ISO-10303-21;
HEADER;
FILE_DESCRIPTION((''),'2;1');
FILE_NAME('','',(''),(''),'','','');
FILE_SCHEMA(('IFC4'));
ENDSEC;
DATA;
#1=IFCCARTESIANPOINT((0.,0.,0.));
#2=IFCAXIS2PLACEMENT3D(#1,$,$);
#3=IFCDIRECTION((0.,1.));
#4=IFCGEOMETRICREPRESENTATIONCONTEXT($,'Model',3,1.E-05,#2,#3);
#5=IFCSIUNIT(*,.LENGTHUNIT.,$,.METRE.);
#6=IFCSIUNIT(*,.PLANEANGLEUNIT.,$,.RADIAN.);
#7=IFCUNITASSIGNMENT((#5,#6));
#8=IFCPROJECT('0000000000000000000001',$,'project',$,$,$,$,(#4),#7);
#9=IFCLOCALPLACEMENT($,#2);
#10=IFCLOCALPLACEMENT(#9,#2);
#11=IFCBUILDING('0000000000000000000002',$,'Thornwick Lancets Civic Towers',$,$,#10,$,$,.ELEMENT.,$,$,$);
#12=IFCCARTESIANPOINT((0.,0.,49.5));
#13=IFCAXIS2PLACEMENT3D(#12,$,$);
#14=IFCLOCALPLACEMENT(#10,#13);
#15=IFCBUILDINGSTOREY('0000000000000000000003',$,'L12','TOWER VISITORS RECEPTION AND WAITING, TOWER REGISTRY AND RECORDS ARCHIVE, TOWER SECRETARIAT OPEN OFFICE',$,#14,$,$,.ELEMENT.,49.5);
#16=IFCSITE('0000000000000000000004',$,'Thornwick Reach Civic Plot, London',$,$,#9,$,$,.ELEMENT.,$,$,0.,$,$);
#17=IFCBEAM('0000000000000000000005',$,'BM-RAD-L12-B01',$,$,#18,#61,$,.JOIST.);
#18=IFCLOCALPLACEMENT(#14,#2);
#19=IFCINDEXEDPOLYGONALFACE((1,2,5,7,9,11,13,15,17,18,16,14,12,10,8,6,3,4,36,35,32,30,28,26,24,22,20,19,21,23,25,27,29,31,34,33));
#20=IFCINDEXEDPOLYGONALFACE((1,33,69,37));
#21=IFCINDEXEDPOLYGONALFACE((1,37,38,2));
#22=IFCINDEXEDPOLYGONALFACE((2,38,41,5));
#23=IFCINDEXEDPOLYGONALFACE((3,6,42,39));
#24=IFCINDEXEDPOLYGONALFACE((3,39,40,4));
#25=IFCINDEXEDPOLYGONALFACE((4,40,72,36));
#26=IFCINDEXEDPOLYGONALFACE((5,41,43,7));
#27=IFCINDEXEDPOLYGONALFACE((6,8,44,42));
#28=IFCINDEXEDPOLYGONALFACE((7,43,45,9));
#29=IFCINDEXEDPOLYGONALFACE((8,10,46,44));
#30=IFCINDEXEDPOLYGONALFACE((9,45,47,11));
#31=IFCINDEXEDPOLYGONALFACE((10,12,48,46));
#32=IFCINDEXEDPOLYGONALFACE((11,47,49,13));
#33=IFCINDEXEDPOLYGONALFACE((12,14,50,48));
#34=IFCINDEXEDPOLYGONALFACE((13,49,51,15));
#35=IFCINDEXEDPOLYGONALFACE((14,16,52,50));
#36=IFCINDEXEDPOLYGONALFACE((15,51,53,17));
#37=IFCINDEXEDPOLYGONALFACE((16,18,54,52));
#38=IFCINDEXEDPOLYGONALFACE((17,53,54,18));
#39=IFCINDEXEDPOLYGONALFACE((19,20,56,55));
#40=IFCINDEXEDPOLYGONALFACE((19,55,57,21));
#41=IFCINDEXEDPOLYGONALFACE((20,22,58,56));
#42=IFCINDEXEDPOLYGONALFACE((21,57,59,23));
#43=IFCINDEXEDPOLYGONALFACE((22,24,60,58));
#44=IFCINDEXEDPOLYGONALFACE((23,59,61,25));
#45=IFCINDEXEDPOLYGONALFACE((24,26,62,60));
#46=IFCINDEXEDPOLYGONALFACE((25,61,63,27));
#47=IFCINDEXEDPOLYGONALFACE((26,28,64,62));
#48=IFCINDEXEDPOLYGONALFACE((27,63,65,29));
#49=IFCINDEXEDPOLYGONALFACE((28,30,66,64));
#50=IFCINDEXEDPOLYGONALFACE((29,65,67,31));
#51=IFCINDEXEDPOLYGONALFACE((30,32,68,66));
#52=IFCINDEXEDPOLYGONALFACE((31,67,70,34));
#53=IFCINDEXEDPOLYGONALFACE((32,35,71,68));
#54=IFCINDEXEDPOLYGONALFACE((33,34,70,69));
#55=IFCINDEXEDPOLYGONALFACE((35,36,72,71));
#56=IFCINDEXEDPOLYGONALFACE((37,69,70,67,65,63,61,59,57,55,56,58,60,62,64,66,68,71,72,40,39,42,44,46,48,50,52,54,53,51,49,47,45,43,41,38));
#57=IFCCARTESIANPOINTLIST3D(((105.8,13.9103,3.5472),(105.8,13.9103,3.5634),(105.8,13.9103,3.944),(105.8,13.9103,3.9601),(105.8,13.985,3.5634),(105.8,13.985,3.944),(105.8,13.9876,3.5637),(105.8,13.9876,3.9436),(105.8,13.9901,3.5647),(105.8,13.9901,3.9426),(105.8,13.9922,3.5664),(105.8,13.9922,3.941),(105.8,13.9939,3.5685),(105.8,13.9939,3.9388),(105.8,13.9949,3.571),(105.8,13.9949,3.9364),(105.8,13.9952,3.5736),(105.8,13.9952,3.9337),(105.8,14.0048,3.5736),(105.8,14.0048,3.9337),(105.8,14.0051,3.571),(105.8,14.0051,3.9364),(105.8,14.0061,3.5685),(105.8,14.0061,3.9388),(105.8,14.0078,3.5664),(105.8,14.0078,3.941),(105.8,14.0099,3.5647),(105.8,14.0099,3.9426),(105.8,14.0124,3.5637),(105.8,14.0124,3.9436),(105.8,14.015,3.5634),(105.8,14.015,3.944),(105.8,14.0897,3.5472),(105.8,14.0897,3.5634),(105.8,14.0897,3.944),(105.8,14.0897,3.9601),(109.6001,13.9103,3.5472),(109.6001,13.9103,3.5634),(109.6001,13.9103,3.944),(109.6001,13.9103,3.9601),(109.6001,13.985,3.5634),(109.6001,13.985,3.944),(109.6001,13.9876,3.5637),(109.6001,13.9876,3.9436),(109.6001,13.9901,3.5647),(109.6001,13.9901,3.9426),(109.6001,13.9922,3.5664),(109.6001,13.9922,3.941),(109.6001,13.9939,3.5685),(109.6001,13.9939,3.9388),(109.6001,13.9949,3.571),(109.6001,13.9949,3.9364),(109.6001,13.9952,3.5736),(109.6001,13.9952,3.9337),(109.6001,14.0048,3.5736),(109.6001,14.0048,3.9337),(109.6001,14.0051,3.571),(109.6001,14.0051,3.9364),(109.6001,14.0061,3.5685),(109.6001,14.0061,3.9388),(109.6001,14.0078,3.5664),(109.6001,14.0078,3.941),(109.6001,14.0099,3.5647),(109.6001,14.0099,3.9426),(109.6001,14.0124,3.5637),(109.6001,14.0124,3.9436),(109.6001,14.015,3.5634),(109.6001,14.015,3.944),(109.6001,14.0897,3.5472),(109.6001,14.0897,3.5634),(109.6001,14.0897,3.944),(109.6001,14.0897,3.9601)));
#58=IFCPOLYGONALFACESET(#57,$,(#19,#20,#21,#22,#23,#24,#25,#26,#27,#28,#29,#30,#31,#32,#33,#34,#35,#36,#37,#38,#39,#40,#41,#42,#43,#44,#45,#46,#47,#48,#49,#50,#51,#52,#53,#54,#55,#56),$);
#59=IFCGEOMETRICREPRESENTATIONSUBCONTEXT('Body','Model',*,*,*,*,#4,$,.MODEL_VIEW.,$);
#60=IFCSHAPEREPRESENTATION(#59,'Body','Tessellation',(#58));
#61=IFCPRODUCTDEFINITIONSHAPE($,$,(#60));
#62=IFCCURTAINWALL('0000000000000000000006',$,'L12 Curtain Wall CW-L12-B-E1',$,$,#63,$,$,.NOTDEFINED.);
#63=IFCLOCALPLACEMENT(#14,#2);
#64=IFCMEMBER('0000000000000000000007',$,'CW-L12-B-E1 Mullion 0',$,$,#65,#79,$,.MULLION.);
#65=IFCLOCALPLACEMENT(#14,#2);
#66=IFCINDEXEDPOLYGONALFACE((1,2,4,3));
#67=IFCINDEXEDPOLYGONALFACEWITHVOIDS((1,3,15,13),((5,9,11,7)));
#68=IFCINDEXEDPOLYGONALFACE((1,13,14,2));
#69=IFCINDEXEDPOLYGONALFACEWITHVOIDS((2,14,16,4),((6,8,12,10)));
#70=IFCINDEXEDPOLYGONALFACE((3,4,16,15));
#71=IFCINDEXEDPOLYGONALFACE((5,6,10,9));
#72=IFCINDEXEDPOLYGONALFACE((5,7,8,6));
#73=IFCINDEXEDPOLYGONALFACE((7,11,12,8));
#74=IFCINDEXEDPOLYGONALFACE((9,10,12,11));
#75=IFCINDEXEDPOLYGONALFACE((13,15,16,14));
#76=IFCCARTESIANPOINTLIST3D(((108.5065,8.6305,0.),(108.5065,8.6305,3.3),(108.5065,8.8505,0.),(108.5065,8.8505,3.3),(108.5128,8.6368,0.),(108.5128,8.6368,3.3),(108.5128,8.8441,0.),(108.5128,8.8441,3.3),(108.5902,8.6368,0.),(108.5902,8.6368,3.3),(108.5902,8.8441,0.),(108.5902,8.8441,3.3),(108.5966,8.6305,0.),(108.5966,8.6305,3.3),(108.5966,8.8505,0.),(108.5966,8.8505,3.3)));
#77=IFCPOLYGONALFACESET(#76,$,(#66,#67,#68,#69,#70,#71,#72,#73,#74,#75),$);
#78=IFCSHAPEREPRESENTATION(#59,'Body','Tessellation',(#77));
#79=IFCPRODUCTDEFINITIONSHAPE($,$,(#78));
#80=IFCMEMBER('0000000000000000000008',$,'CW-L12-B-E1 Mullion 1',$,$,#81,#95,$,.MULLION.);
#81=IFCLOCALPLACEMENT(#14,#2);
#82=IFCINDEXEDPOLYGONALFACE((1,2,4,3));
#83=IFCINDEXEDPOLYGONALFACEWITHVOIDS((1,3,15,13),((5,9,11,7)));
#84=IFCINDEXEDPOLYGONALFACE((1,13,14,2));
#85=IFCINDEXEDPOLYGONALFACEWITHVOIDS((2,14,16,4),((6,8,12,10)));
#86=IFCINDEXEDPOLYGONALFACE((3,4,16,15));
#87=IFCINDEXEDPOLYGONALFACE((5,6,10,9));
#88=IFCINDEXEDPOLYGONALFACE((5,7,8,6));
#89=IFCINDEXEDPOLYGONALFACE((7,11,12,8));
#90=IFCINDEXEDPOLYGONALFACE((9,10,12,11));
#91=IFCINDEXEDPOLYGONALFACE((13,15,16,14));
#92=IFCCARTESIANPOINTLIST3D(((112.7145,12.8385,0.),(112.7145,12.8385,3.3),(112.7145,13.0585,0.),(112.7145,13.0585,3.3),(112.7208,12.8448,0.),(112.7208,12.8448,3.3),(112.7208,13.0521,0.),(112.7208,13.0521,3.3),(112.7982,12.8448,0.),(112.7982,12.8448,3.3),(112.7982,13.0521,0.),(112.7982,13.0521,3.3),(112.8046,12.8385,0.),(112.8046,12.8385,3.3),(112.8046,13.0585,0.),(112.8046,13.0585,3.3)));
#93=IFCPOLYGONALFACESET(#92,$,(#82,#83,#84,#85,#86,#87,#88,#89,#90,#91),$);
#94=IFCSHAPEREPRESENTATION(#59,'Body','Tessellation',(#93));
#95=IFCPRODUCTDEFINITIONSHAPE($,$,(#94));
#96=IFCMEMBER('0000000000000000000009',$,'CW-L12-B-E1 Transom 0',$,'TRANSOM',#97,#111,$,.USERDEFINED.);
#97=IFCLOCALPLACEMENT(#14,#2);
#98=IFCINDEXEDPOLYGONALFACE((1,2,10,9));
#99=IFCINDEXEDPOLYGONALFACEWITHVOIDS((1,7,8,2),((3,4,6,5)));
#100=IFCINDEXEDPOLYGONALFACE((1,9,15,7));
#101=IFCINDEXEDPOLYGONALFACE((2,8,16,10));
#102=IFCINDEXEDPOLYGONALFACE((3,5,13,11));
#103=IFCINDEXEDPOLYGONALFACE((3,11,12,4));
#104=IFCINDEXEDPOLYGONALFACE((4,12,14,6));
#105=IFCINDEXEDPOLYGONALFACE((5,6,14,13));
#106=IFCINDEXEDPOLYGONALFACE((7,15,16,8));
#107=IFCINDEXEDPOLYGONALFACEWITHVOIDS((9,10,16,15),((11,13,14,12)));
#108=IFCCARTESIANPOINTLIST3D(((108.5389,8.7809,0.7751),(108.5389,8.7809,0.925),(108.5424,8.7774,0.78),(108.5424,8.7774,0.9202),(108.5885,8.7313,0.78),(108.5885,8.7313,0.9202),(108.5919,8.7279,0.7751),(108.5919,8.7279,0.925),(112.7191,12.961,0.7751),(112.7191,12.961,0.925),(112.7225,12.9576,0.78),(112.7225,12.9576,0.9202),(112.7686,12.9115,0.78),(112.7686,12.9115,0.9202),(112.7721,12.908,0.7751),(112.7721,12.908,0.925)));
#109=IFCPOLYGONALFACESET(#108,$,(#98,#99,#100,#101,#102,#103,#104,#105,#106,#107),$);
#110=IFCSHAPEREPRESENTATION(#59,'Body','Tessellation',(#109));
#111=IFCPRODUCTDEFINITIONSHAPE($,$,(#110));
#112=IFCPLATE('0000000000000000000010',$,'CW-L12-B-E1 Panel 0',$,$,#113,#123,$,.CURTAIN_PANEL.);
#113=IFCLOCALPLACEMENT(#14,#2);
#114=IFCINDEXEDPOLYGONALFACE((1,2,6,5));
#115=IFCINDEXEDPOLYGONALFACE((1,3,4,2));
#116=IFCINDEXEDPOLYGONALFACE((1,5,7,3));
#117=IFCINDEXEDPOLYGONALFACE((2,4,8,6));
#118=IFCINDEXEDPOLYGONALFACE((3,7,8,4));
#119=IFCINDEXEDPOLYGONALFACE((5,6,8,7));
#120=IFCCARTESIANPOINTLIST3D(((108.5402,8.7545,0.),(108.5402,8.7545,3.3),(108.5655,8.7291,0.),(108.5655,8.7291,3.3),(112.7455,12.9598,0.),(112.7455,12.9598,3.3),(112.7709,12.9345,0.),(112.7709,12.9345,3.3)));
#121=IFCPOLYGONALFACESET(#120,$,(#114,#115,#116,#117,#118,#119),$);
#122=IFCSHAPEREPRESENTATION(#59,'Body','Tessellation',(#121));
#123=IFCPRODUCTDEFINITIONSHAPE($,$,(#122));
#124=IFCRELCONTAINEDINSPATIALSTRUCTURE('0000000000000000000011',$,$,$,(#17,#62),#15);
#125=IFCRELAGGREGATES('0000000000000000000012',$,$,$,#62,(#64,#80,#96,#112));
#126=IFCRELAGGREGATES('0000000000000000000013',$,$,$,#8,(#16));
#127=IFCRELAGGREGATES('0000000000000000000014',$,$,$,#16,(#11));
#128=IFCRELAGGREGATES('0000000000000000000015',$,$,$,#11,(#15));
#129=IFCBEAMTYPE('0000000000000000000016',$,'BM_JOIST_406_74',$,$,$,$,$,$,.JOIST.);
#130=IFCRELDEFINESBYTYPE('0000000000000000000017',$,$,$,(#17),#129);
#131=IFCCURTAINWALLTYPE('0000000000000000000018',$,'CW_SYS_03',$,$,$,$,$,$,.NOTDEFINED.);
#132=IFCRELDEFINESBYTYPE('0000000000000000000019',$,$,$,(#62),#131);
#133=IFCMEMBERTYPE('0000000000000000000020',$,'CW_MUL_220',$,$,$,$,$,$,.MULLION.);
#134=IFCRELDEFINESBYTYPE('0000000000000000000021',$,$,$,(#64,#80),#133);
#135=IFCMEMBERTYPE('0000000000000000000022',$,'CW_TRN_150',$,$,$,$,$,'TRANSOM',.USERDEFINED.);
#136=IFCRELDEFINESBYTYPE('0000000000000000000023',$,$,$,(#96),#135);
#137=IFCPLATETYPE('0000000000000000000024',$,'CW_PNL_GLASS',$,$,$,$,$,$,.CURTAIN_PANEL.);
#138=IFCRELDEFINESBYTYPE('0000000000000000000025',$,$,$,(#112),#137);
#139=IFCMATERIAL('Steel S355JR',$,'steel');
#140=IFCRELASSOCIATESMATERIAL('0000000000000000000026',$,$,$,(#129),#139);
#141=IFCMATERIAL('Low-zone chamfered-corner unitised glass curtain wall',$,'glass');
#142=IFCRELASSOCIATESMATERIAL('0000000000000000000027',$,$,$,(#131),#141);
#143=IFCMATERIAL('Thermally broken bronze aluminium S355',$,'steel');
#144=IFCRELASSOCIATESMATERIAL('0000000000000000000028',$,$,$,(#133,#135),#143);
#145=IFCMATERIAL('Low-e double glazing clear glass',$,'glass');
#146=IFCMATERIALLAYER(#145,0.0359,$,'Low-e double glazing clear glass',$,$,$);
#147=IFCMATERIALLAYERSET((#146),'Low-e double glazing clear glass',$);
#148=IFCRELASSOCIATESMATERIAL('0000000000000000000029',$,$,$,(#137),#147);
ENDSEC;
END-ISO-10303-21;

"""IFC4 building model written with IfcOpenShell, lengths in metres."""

from ifc_helpers import new_model, si_unit, direction, frame, origin, origin_2d, place, context, subcontext, project, spatial, rectangle, hollow_rectangle, i_section, extrude, material, layer, layer_set, material_profile, profile_set, type_object, element, aggregate, save


model = new_model("IFC4")

# Units and contexts
model_context = context("Model", 3, precision=1e-05, world=origin(), true_north=direction((0.0, 1.0)))
body_context = subcontext(model_context, "Body", "Model", "MODEL_VIEW")
ifc_project = project(units=[si_unit("LENGTHUNIT", "METRE"), si_unit("PLANEANGLEUNIT", "RADIAN")], contexts=[model_context])

# Site, building, storey
site_placement = place(None, origin())
site = spatial("IfcSite", under=ifc_project, at=site_placement, Name="Thornwick Reach Civic Plot, London", CompositionType="ELEMENT", RefElevation=0.0)
building_placement = place(site_placement, origin())
building = spatial("IfcBuilding", under=site, at=building_placement, Name="Thornwick Lancets Civic Towers", CompositionType="ELEMENT")
storey_placement = place(building_placement, frame((0.0, 0.0, 49.5)))
storey = spatial("IfcBuildingStorey", under=building, at=storey_placement, Name="L12", Description="TOWER VISITORS RECEPTION AND WAITING, TOWER REGISTRY AND RECORDS ARCHIVE, TOWER SECRETARIAT OPEN OFFICE", CompositionType="ELEMENT", Elevation=49.5)

# Beam
ifc_material_1 = material(Name="Steel S355JR", Category="steel")
ifc_material_profile_1 = material_profile(ifc_material_1, i_section(OverallWidth=0.1794, OverallDepth=0.4128, WebThickness=0.0095, FlangeThickness=0.0161, FilletRadius=0.0103, at=origin_2d()), Name="UKB 406x178x74")
ifc_profile_set_1 = profile_set([ifc_material_profile_1], Name="Steel S355JR")
beam_type_1 = type_object("IfcBeamType", Name="BM_JOIST_406_74", PredefinedType="JOIST", material=ifc_profile_set_1)
beam_placement = place(storey_placement, frame((105.8, 14.0, 3.7537), z_axis=(1.0, 0.0, 0.0), x_axis=(0.0, 1.0, 0.0)))
element("IfcBeam", 1, at=beam_placement, inside=storey, type_object=beam_type_1, Name="BM-RAD-L12-B01", PredefinedType="JOIST", context=body_context, shape_type="SweptSolid", body=[
    extrude(i_section(OverallWidth=0.1794, OverallDepth=0.4128, WebThickness=0.0095, FlangeThickness=0.0161, FilletRadius=0.0103, at=origin_2d()), origin(), (0.0, 0.0, 1.0), 3.8),
])

# Curtain wall, members, plate
ifc_material_2 = material(Name="Low-zone chamfered-corner unitised glass curtain wall", Category="glass")
curtain_wall_type = type_object("IfcCurtainWallType", Name="CW_SYS_03", PredefinedType="NOTDEFINED", material=ifc_material_2)
curtain_wall_placement = place(storey_placement, origin())
curtain_wall = element("IfcCurtainWall", 2, at=curtain_wall_placement, inside=storey, type_object=curtain_wall_type, Name="L12 Curtain Wall CW-L12-B-E1", PredefinedType="NOTDEFINED")
ifc_material_3 = material(Name="Thermally broken bronze aluminium S355", Category="steel")
ifc_material_profile_2 = material_profile(ifc_material_3, hollow_rectangle(XDim=0.0901, YDim=0.22, WallThickness=0.0063, at=origin_2d()), Name="RHS 220x90x6.3")
ifc_profile_set_2 = profile_set([ifc_material_profile_2], Name="Thermally broken bronze aluminium S355")
member_type_1 = type_object("IfcMemberType", Name="CW_MUL_220", PredefinedType="MULLION", material=ifc_profile_set_2)
member_1_placement = place(storey_placement, frame((108.5515, 8.7405, 0.0), z_axis=(0.0, 0.0, 1.0), x_axis=(1.0, 0.0, 0.0)))
member_1 = element("IfcMember", 3, at=member_1_placement, type_object=member_type_1, Name="CW-L12-B-E1 Mullion 0", PredefinedType="MULLION", context=body_context, shape_type="SweptSolid", body=[
    extrude(hollow_rectangle(XDim=0.0901, YDim=0.22, WallThickness=0.0063, at=origin_2d()), origin(), (0.0, 0.0, 1.0), 3.3),
])
member_2_placement = place(storey_placement, frame((112.7595, 12.9485, 0.0), z_axis=(0.0, 0.0, 1.0), x_axis=(1.0, 0.0, 0.0)))
member_2 = element("IfcMember", 4, at=member_2_placement, type_object=member_type_1, Name="CW-L12-B-E1 Mullion 1", PredefinedType="MULLION", context=body_context, shape_type="SweptSolid", body=[
    extrude(hollow_rectangle(XDim=0.0901, YDim=0.22, WallThickness=0.0063, at=origin_2d()), origin(), (0.0, 0.0, 1.0), 3.3),
])
ifc_material_profile_3 = material_profile(ifc_material_3, hollow_rectangle(XDim=0.075, YDim=0.1499, WallThickness=0.0049, at=origin_2d()), Name="RHS 150x75x5")
ifc_profile_set_3 = profile_set([ifc_material_profile_3], Name="Thermally broken bronze aluminium S355")
member_type_2 = type_object("IfcMemberType", Name="CW_TRN_150", ElementType="TRANSOM", PredefinedType="USERDEFINED", material=ifc_profile_set_3)
member_3_placement = place(storey_placement, frame((108.5654, 8.7544, 0.8501), z_axis=(0.707107, 0.707107, 0.0), x_axis=(-0.707107, 0.707107, 0.0)))
member_3 = element("IfcMember", 5, at=member_3_placement, type_object=member_type_2, Name="CW-L12-B-E1 Transom 0", ObjectType="TRANSOM", PredefinedType="USERDEFINED", context=body_context, shape_type="SweptSolid", body=[
    extrude(hollow_rectangle(XDim=0.075, YDim=0.1499, WallThickness=0.0049, at=origin_2d()), origin(), (0.0, 0.0, 1.0), 5.9116),
])
ifc_material_4 = material(Name="Low-e double glazing clear glass", Category="glass")
ifc_layer_1 = layer(ifc_material_4, 0.0359, Name="Low-e double glazing clear glass")
ifc_layer_set_1 = layer_set([ifc_layer_1], Name="Low-e double glazing clear glass")
plate_type = type_object("IfcPlateType", Name="CW_PNL_GLASS", PredefinedType="CURTAIN_PANEL", material=ifc_layer_set_1)
plate_placement = place(storey_placement, frame((110.6555, 10.8445, 0.0), z_axis=(0.0, 0.0, 1.0), x_axis=(0.707107, 0.707107, 0.0)))
plate = element("IfcPlate", 6, at=plate_placement, type_object=plate_type, Name="CW-L12-B-E1 Panel 0", PredefinedType="CURTAIN_PANEL", context=body_context, shape_type="SweptSolid", body=[
    extrude(rectangle(XDim=5.9473, YDim=0.0359, at=origin_2d()), origin(), (0.0, 0.0, 1.0), 3.3),
])
aggregate(curtain_wall, [member_1, member_2, member_3, plate])

save(model, "model.ifc")
